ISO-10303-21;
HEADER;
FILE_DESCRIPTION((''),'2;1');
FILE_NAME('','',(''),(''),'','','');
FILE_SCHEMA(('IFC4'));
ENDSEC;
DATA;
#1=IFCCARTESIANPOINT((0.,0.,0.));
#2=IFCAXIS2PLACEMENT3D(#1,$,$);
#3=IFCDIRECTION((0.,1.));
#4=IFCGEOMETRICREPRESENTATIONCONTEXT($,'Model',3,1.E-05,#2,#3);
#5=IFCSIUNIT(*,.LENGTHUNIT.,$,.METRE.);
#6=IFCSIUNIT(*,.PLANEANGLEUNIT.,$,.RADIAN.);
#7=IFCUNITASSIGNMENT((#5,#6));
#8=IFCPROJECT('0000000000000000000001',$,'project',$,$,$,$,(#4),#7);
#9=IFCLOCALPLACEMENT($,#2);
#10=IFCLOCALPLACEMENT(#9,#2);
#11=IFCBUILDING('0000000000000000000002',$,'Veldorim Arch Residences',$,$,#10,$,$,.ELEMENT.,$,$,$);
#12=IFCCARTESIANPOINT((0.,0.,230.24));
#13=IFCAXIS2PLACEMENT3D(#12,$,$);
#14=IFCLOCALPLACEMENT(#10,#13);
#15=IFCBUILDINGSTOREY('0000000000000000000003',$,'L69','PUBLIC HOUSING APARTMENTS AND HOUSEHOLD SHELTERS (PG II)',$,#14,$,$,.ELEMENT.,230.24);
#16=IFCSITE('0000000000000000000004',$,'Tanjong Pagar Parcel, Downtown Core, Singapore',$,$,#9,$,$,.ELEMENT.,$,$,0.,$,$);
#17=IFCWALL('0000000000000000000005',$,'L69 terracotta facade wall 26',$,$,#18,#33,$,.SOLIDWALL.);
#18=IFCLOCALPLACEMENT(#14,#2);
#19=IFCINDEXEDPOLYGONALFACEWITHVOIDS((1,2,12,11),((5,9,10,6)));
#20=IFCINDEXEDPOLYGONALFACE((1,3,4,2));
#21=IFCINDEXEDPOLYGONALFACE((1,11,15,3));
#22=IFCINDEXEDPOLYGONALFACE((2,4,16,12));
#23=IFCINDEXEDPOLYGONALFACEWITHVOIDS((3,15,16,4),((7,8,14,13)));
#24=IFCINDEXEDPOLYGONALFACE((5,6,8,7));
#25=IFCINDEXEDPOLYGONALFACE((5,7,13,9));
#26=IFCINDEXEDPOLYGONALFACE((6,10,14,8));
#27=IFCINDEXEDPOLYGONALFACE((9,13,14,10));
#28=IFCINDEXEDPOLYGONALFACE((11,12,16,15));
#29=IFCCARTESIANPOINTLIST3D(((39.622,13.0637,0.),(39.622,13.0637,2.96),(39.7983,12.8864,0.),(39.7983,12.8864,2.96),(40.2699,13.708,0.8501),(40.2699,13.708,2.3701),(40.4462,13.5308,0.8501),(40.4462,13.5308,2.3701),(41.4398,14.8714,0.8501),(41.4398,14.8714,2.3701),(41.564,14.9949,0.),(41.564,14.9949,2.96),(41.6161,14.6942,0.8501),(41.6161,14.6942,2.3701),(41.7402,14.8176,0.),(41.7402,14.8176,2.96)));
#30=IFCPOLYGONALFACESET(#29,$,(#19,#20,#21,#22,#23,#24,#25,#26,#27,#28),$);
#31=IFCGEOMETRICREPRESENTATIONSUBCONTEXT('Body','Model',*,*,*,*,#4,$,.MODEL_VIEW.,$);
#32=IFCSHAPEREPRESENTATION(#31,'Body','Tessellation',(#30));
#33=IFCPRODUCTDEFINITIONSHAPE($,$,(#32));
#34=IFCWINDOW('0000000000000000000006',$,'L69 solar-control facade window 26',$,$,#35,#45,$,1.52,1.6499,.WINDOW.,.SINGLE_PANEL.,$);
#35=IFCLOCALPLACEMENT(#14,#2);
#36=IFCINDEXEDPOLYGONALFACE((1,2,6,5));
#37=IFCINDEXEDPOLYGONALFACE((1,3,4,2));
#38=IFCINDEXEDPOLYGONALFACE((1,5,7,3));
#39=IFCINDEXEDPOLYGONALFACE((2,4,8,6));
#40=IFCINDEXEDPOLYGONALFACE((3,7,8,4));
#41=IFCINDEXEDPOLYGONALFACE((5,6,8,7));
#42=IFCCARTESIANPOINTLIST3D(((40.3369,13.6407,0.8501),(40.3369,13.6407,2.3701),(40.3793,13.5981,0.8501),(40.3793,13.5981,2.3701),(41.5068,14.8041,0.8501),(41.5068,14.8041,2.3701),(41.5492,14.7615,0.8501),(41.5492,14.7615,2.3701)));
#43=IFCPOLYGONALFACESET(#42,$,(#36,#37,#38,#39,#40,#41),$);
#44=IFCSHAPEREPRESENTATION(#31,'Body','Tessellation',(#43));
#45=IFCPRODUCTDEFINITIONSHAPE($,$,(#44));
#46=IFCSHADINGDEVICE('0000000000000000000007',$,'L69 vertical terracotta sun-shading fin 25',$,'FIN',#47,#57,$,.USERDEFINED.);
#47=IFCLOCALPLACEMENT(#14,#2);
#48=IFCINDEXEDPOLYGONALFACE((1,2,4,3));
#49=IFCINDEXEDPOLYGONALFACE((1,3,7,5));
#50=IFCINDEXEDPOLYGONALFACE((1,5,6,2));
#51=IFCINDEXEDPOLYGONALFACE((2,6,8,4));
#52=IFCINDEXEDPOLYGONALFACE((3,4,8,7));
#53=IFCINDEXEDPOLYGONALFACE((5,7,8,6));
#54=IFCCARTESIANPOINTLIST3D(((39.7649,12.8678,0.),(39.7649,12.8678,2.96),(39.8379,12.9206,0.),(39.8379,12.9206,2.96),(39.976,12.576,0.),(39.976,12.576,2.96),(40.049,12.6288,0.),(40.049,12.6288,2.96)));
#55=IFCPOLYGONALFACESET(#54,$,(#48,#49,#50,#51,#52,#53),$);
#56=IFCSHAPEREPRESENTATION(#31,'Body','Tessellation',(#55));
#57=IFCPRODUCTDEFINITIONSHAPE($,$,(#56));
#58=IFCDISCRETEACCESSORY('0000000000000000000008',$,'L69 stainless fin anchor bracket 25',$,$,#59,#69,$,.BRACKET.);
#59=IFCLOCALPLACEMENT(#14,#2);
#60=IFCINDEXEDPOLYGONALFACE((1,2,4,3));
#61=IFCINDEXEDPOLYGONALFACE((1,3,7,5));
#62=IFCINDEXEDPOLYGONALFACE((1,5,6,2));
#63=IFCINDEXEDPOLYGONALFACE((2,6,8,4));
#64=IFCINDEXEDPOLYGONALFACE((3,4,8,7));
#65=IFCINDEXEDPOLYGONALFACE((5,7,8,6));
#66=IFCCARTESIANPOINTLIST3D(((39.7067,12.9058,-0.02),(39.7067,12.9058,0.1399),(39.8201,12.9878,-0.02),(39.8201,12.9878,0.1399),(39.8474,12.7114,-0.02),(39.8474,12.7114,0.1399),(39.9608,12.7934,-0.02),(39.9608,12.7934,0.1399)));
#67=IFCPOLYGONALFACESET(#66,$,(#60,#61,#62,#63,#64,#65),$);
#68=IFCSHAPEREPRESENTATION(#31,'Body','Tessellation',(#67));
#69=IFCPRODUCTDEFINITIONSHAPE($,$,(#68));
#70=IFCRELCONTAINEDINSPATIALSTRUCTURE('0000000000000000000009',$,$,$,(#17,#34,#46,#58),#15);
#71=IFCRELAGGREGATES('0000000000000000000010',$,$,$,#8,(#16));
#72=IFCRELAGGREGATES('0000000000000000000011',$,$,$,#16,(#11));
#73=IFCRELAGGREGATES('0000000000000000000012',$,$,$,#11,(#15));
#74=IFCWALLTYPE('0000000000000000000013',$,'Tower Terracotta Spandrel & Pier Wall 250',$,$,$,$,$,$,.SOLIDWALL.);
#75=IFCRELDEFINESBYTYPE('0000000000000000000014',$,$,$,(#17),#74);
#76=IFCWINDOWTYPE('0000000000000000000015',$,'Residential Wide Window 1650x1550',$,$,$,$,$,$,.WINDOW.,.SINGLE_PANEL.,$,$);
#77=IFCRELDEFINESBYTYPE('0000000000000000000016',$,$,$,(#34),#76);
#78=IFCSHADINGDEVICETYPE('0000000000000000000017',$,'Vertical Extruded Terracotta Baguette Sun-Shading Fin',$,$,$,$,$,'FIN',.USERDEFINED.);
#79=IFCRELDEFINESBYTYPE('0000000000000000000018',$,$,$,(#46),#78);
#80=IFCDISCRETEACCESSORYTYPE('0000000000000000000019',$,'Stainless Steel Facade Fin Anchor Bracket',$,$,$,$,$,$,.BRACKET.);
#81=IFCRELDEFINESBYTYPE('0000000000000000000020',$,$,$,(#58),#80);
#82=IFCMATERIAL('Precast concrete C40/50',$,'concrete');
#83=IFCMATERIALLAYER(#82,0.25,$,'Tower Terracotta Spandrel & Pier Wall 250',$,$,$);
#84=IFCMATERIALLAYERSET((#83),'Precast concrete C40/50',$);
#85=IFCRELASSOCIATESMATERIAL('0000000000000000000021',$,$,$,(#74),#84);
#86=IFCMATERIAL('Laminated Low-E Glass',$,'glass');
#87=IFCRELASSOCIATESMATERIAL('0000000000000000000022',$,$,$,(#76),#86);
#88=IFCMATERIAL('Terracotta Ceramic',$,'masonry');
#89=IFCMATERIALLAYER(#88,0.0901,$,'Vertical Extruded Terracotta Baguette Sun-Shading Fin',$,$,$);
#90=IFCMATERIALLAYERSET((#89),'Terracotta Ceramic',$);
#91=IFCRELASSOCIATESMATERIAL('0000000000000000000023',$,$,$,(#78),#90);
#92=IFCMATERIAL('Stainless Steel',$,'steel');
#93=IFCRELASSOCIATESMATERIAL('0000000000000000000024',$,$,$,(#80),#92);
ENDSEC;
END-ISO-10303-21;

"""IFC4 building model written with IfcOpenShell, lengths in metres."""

from ifc_helpers import new_model, si_unit, direction, frame, frame_2d, origin, origin_2d, place, context, subcontext, project, spatial, rectangle, extrude, material, layer, layer_set, type_object, element, fill, save


model = new_model("IFC4")

# Units and contexts
model_context = context("Model", 3, precision=1e-05, world=origin(), true_north=direction((0.0, 1.0)))
body_context = subcontext(model_context, "Body", "Model", "MODEL_VIEW")
ifc_project = project(units=[si_unit("LENGTHUNIT", "METRE"), si_unit("PLANEANGLEUNIT", "RADIAN")], contexts=[model_context])

# Site, building, storey
site_placement = place(None, origin())
site = spatial("IfcSite", under=ifc_project, at=site_placement, Name="Tanjong Pagar Parcel, Downtown Core, Singapore", CompositionType="ELEMENT", RefElevation=0.0)
building_placement = place(site_placement, origin())
building = spatial("IfcBuilding", under=site, at=building_placement, Name="Veldorim Arch Residences", CompositionType="ELEMENT")
storey_placement = place(building_placement, frame((0.0, 0.0, 230.24)))
storey = spatial("IfcBuildingStorey", under=building, at=storey_placement, Name="L69", Description="PUBLIC HOUSING APARTMENTS AND HOUSEHOLD SHELTERS (PG II)", CompositionType="ELEMENT", Elevation=230.24)

# Wall, opening, window
ifc_material_1 = material(Name="Precast concrete C40/50", Category="concrete")
ifc_layer_1 = layer(ifc_material_1, 0.25, Name="Tower Terracotta Spandrel & Pier Wall 250")
ifc_layer_set_1 = layer_set([ifc_layer_1], Name="Precast concrete C40/50")
wall_type_1 = type_object("IfcWallType", Name="Tower Terracotta Spandrel & Pier Wall 250", PredefinedType="SOLIDWALL", material=ifc_layer_set_1)
wall_1_placement = place(storey_placement, frame((41.6521, 14.9062, 0.0), z_axis=(0.0, 0.0, 1.0), x_axis=(-0.709065, -0.705143, 0.0)))
wall_1 = element("IfcWall", 1, at=wall_1_placement, inside=storey, type_object=wall_type_1, Name="L69 terracotta facade wall 26", PredefinedType="SOLIDWALL", context=body_context, shape_type="SweptSolid", body=[
    extrude(rectangle(XDim=2.7388, YDim=0.25, at=frame_2d((1.3694, 0.0))), origin(), (0.0, 0.0, 1.0), 2.96),
])
opening_1_placement = place(wall_1_placement, frame((0.175, 0.0, 0.8501)))
opening_1 = element("IfcOpeningElement", 2, at=opening_1_placement, cuts=wall_1, PredefinedType="OPENING", context=body_context, shape_type="SweptSolid", body=[
    extrude(rectangle(XDim=1.6499, YDim=1.52, at=frame_2d((0.825, 0.76))), frame((0.0, 0.135, 0.0), z_axis=(0.0, -1.0, 0.0), x_axis=(1.0, 0.0, 0.0)), (0.0, 0.0, 1.0), 0.27),
])
ifc_material_2 = material(Name="Laminated Low-E Glass", Category="glass")
window_type = type_object("IfcWindowType", Name="Residential Wide Window 1650x1550", PartitioningType="SINGLE_PANEL", PredefinedType="WINDOW", material=ifc_material_2)
window_placement = place(opening_1_placement, origin())
window = element("IfcWindow", 3, at=window_placement, inside=storey, type_object=window_type, Name="L69 solar-control facade window 26", OverallHeight=1.52, OverallWidth=1.6499, PartitioningType="SINGLE_PANEL", PredefinedType="WINDOW", context=body_context, shape_type="SweptSolid", body=[
    extrude(rectangle(XDim=1.6499, YDim=1.52, at=frame_2d((0.825, 0.76))), frame((0.0, 0.03, 0.0), z_axis=(0.0, -1.0, 0.0), x_axis=(1.0, 0.0, 0.0)), (0.0, 0.0, 1.0), 0.0601),
])
fill(opening_1, window)

# Shading device
ifc_material_3 = material(Name="Terracotta Ceramic", Category="masonry")
ifc_layer_2 = layer(ifc_material_3, 0.0901, Name="Vertical Extruded Terracotta Baguette Sun-Shading Fin")
ifc_layer_set_2 = layer_set([ifc_layer_2], Name="Terracotta Ceramic")
shading_device_type = type_object("IfcShadingDeviceType", Name="Vertical Extruded Terracotta Baguette Sun-Shading Fin", ElementType="FIN", PredefinedType="USERDEFINED", material=ifc_layer_set_2)
shading_device_placement = place(storey_placement, frame((39.907, 12.7483, 0.0), z_axis=(0.0, 0.0, 1.0), x_axis=(-0.810144, -0.586231, 0.0)))
element("IfcShadingDevice", 4, at=shading_device_placement, inside=storey, type_object=shading_device_type, Name="L69 vertical terracotta sun-shading fin 25", ObjectType="FIN", PredefinedType="USERDEFINED", context=body_context, shape_type="SweptSolid", body=[
    extrude(rectangle(XDim=0.0901, YDim=0.3601, at=origin_2d()), origin(), (0.0, 0.0, 1.0), 2.96),
])

# Discrete accessory
ifc_material_4 = material(Name="Stainless Steel", Category="steel")
discrete_accessory_type = type_object("IfcDiscreteAccessoryType", Name="Stainless Steel Facade Fin Anchor Bracket", PredefinedType="BRACKET", material=ifc_material_4)
discrete_accessory_placement = place(storey_placement, frame((39.8337, 12.8496, -0.02), z_axis=(0.0, 0.0, 1.0), x_axis=(-0.810144, -0.586231, 0.0)))
element("IfcDiscreteAccessory", 5, at=discrete_accessory_placement, inside=storey, type_object=discrete_accessory_type, Name="L69 stainless fin anchor bracket 25", PredefinedType="BRACKET", context=body_context, shape_type="SweptSolid", body=[
    extrude(rectangle(XDim=0.1399, YDim=0.24, at=origin_2d()), origin(), (0.0, 0.0, 1.0), 0.1599),
])

save(model, "model.ifc")
